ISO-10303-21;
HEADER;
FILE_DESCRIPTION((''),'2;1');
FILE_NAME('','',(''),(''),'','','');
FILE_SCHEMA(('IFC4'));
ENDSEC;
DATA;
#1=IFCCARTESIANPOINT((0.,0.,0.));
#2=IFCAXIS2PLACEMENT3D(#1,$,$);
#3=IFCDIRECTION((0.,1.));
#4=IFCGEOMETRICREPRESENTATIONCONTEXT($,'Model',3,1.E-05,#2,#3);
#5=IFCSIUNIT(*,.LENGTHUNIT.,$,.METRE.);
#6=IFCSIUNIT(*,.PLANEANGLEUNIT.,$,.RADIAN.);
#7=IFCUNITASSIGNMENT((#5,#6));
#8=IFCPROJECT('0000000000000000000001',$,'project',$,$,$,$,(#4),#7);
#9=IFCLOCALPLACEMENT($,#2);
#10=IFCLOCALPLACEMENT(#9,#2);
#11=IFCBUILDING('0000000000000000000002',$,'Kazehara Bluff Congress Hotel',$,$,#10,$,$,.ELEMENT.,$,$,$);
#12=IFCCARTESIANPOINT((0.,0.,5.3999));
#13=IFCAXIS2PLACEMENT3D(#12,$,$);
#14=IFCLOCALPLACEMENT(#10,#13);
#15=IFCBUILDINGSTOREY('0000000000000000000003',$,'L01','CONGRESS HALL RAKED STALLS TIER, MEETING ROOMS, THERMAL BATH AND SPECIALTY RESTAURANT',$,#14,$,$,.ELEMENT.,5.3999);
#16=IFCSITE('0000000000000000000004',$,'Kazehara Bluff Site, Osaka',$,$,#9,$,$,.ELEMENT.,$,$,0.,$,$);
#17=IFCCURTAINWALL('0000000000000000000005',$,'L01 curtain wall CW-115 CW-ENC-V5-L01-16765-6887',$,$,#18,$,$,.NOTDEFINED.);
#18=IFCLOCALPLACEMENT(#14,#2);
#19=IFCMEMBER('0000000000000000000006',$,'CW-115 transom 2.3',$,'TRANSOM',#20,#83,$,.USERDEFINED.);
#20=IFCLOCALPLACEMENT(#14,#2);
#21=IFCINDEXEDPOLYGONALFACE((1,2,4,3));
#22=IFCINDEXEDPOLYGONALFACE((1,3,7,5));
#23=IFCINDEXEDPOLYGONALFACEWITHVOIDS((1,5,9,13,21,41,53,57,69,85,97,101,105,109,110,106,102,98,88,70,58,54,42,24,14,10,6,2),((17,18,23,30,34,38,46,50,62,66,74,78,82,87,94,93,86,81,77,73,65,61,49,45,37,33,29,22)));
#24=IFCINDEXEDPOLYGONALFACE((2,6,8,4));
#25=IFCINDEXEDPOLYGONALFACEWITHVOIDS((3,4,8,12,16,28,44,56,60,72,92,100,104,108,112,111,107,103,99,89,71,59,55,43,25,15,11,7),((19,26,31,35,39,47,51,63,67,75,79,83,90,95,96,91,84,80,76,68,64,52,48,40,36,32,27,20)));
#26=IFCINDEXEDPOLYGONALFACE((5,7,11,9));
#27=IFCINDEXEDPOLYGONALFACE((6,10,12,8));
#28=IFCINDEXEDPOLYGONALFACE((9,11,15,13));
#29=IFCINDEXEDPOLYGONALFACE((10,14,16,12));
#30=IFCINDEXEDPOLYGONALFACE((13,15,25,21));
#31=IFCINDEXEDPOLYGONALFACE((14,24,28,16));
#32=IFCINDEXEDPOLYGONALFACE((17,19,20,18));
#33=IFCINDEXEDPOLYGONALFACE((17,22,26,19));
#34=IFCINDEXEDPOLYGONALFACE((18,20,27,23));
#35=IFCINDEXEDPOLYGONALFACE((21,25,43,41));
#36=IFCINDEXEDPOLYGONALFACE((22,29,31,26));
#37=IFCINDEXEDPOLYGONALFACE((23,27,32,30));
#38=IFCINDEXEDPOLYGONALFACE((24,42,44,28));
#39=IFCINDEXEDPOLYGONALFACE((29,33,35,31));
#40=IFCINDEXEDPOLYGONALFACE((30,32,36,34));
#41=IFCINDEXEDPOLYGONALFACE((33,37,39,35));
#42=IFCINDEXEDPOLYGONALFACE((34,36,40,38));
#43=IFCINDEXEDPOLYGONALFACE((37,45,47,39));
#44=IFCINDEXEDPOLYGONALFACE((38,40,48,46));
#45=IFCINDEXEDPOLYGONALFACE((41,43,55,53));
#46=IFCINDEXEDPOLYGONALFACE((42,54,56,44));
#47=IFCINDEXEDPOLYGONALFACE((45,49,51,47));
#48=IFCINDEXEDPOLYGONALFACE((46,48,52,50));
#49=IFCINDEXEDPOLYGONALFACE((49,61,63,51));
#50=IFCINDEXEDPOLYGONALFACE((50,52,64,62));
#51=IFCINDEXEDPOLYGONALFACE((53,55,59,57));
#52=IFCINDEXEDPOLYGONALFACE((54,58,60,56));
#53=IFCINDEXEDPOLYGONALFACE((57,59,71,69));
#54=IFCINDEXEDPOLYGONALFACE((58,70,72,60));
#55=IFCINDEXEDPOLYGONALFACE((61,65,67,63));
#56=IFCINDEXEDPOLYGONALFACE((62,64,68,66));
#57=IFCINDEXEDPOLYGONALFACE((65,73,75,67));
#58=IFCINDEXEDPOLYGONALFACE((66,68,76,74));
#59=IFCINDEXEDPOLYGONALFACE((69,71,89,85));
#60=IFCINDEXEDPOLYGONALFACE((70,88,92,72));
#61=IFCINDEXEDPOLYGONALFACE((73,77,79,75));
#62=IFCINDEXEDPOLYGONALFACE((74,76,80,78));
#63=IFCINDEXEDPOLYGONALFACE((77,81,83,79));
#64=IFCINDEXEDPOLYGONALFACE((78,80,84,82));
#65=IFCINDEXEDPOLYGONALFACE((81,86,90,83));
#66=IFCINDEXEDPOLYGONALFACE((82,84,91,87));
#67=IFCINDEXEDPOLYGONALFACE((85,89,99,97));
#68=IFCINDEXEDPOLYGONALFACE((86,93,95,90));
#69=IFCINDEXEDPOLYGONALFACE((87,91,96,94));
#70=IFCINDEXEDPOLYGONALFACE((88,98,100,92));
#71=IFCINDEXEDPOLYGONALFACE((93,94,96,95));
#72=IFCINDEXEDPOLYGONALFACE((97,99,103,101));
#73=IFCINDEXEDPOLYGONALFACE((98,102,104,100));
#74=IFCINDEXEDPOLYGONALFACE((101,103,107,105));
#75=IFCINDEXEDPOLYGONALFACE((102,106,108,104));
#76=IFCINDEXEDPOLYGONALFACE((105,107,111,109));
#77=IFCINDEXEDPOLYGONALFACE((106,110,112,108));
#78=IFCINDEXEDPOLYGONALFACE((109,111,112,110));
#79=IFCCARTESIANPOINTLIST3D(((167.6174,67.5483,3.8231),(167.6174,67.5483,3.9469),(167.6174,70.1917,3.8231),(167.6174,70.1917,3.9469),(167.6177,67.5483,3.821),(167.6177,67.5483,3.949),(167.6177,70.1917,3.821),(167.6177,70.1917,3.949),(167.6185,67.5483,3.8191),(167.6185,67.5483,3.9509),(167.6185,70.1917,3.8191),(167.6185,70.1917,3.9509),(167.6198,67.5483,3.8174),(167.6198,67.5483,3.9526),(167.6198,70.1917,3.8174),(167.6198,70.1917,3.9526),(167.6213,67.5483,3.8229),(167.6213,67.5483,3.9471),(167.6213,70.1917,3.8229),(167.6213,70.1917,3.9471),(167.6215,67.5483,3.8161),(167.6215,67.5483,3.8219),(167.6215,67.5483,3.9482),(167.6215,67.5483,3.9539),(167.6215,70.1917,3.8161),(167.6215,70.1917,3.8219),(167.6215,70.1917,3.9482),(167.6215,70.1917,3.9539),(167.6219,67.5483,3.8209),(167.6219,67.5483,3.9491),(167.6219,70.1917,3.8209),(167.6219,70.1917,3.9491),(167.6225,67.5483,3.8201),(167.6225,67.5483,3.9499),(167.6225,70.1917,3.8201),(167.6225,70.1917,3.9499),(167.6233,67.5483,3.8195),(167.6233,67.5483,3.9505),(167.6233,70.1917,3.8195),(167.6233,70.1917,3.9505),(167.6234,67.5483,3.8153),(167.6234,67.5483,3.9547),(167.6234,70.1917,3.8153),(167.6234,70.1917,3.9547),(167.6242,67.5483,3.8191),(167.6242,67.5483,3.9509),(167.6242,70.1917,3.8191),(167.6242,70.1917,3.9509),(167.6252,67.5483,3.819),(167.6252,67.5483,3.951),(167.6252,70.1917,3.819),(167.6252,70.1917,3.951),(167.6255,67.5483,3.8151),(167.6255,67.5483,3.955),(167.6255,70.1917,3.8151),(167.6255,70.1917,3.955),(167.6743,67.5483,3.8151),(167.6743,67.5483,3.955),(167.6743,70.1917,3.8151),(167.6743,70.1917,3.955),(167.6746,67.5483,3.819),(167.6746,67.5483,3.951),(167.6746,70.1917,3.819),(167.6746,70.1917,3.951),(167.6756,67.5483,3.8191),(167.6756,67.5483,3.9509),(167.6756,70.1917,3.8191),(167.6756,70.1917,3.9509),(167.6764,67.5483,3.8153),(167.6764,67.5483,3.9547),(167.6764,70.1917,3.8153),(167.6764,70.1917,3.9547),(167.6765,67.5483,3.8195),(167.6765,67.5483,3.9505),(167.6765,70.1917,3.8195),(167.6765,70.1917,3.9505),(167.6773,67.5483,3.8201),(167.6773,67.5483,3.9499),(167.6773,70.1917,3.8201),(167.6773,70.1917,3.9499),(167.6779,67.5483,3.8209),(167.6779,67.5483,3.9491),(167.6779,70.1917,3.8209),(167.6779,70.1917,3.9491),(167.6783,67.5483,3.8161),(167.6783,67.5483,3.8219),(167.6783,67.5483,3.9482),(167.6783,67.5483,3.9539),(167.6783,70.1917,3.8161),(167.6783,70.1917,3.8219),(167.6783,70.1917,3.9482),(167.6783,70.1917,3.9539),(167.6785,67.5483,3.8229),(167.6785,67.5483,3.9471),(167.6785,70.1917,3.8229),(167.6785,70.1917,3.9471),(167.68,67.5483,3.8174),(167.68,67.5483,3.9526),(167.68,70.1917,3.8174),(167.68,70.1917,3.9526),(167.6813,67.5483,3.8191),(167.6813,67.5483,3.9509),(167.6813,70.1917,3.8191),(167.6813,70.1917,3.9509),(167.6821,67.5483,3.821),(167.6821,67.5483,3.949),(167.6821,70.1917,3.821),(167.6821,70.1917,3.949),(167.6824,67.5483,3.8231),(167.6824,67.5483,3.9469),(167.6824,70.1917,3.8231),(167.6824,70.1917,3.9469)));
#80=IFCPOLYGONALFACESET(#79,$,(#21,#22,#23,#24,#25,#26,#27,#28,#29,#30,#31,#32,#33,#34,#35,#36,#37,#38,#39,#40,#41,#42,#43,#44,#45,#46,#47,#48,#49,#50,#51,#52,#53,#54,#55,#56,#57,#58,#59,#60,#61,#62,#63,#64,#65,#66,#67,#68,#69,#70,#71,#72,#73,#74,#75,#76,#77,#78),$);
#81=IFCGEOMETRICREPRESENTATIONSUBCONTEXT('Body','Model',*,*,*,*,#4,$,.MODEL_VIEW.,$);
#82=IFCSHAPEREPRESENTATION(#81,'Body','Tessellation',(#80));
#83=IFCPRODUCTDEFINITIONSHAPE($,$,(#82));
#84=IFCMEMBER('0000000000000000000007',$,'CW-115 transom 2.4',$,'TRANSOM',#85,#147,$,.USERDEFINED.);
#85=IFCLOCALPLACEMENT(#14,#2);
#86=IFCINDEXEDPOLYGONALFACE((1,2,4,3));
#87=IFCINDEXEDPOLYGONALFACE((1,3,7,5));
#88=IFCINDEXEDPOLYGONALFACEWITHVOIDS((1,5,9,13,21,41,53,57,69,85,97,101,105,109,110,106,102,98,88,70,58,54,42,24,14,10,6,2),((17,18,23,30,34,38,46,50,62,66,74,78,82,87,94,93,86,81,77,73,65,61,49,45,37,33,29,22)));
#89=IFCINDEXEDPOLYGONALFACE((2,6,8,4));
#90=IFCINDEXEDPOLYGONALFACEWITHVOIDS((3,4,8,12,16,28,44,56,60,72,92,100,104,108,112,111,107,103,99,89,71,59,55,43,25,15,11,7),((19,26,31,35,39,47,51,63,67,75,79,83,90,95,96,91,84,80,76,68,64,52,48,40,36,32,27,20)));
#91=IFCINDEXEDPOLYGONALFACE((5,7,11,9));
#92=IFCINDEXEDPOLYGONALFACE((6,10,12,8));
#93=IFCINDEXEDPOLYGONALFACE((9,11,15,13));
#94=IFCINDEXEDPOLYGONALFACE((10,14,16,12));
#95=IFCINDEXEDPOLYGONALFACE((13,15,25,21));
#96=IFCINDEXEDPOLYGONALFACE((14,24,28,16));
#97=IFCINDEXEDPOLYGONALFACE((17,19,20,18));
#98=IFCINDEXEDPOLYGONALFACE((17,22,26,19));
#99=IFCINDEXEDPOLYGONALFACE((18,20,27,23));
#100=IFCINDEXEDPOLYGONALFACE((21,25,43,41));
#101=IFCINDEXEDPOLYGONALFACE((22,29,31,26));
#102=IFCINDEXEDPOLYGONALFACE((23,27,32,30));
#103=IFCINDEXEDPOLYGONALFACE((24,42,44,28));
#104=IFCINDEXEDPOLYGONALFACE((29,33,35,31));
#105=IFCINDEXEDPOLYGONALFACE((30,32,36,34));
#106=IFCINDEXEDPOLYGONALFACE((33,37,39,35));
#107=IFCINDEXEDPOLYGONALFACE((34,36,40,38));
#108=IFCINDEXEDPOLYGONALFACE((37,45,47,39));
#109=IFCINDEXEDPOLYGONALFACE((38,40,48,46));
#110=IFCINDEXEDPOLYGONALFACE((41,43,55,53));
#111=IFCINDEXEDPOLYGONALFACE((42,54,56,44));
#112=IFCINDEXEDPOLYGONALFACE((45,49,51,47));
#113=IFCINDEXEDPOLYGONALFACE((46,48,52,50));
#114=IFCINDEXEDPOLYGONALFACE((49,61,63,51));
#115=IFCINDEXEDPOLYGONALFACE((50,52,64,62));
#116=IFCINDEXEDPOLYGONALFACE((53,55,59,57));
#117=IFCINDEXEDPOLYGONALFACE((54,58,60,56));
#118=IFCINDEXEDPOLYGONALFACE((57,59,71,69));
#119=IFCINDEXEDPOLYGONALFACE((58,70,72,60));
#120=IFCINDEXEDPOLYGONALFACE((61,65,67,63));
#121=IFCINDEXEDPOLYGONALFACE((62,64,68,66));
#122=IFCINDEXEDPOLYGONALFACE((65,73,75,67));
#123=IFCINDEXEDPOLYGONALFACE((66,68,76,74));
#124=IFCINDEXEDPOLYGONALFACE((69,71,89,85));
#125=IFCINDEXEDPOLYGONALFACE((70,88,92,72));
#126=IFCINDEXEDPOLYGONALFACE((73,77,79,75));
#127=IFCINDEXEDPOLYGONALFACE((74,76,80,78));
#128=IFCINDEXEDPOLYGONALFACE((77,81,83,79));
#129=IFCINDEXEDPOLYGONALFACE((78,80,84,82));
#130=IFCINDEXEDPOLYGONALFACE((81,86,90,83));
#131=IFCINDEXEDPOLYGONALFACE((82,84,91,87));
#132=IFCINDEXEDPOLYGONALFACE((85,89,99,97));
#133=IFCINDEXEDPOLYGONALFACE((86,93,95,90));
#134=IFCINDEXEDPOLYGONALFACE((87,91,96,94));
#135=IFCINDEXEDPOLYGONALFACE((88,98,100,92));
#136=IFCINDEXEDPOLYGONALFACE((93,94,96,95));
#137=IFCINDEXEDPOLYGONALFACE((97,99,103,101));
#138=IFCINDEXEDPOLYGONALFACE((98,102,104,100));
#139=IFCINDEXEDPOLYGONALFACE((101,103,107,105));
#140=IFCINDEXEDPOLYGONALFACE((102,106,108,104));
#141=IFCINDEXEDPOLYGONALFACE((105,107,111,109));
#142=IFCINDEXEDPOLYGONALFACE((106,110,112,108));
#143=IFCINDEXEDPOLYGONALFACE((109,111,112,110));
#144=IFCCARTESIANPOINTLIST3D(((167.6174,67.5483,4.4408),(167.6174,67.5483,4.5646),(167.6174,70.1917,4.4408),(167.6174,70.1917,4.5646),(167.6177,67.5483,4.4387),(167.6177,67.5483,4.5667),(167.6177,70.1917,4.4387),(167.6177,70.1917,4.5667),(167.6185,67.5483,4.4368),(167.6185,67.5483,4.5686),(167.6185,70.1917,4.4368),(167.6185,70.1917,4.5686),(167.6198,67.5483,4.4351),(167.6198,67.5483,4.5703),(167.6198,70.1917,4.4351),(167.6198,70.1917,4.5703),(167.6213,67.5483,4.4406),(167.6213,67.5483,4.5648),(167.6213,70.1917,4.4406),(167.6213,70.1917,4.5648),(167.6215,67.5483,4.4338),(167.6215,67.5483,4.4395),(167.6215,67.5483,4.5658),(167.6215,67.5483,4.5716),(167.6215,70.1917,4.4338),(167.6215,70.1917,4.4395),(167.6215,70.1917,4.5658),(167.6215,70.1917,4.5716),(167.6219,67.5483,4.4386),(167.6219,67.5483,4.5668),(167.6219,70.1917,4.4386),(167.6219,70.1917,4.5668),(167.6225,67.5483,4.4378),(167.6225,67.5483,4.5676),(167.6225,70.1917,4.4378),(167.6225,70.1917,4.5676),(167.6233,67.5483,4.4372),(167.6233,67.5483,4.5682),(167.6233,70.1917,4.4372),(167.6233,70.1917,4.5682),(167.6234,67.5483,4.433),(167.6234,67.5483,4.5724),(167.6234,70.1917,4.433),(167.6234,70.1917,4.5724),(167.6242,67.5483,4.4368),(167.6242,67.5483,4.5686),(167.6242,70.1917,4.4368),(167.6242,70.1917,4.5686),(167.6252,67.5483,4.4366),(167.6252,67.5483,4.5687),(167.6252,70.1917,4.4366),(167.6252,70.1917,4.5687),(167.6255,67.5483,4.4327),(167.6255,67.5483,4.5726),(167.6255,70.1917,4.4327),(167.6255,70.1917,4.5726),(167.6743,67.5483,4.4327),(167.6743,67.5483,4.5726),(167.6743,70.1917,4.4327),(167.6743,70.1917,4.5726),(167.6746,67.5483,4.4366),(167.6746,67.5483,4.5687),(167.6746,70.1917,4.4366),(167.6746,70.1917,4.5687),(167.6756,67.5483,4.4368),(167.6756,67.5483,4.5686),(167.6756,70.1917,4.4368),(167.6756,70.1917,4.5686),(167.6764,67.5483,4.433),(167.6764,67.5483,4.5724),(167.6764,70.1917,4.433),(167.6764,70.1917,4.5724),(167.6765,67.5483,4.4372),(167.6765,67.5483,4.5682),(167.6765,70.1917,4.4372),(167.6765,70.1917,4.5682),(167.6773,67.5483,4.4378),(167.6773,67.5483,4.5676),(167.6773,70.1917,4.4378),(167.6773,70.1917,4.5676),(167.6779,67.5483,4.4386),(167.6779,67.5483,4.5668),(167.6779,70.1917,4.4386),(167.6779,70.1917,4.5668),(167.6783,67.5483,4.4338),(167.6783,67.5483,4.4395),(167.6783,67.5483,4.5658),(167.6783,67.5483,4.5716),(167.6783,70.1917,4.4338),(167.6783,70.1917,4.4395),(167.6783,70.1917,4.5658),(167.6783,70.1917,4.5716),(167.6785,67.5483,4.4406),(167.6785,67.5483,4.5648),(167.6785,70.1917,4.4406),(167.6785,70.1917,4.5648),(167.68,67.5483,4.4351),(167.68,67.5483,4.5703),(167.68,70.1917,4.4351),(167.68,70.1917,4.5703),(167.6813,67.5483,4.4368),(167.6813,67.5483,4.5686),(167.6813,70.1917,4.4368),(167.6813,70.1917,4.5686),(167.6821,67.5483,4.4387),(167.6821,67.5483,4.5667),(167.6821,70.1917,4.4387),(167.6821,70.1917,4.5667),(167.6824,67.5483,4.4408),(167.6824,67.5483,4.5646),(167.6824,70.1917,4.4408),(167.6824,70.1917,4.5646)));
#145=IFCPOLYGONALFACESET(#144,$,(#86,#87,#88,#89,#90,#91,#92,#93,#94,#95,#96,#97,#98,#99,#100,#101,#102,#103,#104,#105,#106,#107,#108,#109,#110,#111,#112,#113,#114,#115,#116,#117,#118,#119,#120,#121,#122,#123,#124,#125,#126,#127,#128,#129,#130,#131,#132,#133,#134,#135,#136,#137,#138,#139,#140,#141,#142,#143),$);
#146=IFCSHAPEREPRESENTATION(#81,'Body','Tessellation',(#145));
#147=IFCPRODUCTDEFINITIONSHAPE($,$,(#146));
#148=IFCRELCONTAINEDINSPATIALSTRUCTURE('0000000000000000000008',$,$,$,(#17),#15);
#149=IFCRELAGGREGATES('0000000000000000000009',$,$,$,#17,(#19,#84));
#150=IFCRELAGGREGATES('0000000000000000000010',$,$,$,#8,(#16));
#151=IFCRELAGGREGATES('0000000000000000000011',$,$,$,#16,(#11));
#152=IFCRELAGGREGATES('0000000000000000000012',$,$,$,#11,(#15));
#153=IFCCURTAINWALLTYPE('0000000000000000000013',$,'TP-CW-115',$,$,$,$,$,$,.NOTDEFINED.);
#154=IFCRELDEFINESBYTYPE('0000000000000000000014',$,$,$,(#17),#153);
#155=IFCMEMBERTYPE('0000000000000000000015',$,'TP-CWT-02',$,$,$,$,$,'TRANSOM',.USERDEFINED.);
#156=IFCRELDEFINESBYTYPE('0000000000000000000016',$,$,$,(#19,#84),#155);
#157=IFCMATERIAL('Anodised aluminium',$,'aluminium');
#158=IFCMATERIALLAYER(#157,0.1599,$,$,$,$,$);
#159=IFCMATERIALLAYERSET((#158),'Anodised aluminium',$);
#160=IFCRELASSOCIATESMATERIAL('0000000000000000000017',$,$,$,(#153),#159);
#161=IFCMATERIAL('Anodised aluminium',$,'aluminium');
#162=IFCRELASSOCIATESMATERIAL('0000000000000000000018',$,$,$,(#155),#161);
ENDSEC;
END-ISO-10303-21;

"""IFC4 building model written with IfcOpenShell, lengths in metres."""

from ifc_helpers import new_model, si_unit, direction, frame, origin, origin_2d, place, context, subcontext, project, spatial, hollow_rectangle, extrude, material, layer, layer_set, material_profile, profile_set, type_object, element, aggregate, save


model = new_model("IFC4")

# Units and contexts
model_context = context("Model", 3, precision=1e-05, world=origin(), true_north=direction((0.0, 1.0)))
body_context = subcontext(model_context, "Body", "Model", "MODEL_VIEW")
ifc_project = project(units=[si_unit("LENGTHUNIT", "METRE"), si_unit("PLANEANGLEUNIT", "RADIAN")], contexts=[model_context])

# Site, building, storey
site_placement = place(None, origin())
site = spatial("IfcSite", under=ifc_project, at=site_placement, Name="Kazehara Bluff Site, Osaka", CompositionType="ELEMENT", RefElevation=0.0)
building_placement = place(site_placement, origin())
building = spatial("IfcBuilding", under=site, at=building_placement, Name="Kazehara Bluff Congress Hotel", CompositionType="ELEMENT")
storey_placement = place(building_placement, frame((0.0, 0.0, 5.3999)))
storey = spatial("IfcBuildingStorey", under=building, at=storey_placement, Name="L01", Description="CONGRESS HALL RAKED STALLS TIER, MEETING ROOMS, THERMAL BATH AND SPECIALTY RESTAURANT", CompositionType="ELEMENT", Elevation=5.3999)

# Curtain wall, members
ifc_material_1 = material(Name="Anodised aluminium", Category="aluminium")
ifc_layer_1 = layer(ifc_material_1, 0.1599)
ifc_layer_set_1 = layer_set([ifc_layer_1], Name="Anodised aluminium")
curtain_wall_type_1 = type_object("IfcCurtainWallType", Name="TP-CW-115", PredefinedType="NOTDEFINED", material=ifc_layer_set_1)
curtain_wall_1_placement = place(storey_placement, origin())
curtain_wall_1 = element("IfcCurtainWall", 1, at=curtain_wall_1_placement, inside=storey, type_object=curtain_wall_type_1, Name="L01 curtain wall CW-115 CW-ENC-V5-L01-16765-6887", PredefinedType="NOTDEFINED")
ifc_material_2 = material(Name="Anodised aluminium", Category="aluminium")
ifc_material_profile_1 = material_profile(ifc_material_2, hollow_rectangle(XDim=0.0649, YDim=0.1399, WallThickness=0.0039, InnerFilletRadius=0.0039, OuterFilletRadius=0.0081, at=origin_2d()))
ifc_profile_set_1 = profile_set([ifc_material_profile_1], Name="Anodised aluminium")
member_type_1 = type_object("IfcMemberType", Name="TP-CWT-02", ElementType="TRANSOM", PredefinedType="USERDEFINED", material=ifc_profile_set_1)
member_1_placement = place(storey_placement, frame((167.6499, 70.1917, 3.885), z_axis=(0.0, -1.0, 0.0), x_axis=(1.0, 0.0, 0.0)))
member_1 = element("IfcMember", 2, at=member_1_placement, type_object=member_type_1, Name="CW-115 transom 2.3", ObjectType="TRANSOM", PredefinedType="USERDEFINED", context=body_context, shape_type="SweptSolid", body=[
    extrude(hollow_rectangle(XDim=0.0649, YDim=0.1399, WallThickness=0.0039, InnerFilletRadius=0.0039, OuterFilletRadius=0.0081, at=origin_2d()), origin(), (0.0, 0.0, 1.0), 2.6433),
])
member_2_placement = place(storey_placement, frame((167.6499, 70.1917, 4.5027), z_axis=(0.0, -1.0, 0.0), x_axis=(1.0, 0.0, 0.0)))
member_2 = element("IfcMember", 3, at=member_2_placement, type_object=member_type_1, Name="CW-115 transom 2.4", ObjectType="TRANSOM", PredefinedType="USERDEFINED", context=body_context, shape_type="SweptSolid", body=[
    extrude(hollow_rectangle(XDim=0.0649, YDim=0.1399, WallThickness=0.0039, InnerFilletRadius=0.0039, OuterFilletRadius=0.0081, at=origin_2d()), origin(), (0.0, 0.0, 1.0), 2.6433),
])

aggregate(curtain_wall_1, [member_1, member_2])

save(model, "model.ifc")
